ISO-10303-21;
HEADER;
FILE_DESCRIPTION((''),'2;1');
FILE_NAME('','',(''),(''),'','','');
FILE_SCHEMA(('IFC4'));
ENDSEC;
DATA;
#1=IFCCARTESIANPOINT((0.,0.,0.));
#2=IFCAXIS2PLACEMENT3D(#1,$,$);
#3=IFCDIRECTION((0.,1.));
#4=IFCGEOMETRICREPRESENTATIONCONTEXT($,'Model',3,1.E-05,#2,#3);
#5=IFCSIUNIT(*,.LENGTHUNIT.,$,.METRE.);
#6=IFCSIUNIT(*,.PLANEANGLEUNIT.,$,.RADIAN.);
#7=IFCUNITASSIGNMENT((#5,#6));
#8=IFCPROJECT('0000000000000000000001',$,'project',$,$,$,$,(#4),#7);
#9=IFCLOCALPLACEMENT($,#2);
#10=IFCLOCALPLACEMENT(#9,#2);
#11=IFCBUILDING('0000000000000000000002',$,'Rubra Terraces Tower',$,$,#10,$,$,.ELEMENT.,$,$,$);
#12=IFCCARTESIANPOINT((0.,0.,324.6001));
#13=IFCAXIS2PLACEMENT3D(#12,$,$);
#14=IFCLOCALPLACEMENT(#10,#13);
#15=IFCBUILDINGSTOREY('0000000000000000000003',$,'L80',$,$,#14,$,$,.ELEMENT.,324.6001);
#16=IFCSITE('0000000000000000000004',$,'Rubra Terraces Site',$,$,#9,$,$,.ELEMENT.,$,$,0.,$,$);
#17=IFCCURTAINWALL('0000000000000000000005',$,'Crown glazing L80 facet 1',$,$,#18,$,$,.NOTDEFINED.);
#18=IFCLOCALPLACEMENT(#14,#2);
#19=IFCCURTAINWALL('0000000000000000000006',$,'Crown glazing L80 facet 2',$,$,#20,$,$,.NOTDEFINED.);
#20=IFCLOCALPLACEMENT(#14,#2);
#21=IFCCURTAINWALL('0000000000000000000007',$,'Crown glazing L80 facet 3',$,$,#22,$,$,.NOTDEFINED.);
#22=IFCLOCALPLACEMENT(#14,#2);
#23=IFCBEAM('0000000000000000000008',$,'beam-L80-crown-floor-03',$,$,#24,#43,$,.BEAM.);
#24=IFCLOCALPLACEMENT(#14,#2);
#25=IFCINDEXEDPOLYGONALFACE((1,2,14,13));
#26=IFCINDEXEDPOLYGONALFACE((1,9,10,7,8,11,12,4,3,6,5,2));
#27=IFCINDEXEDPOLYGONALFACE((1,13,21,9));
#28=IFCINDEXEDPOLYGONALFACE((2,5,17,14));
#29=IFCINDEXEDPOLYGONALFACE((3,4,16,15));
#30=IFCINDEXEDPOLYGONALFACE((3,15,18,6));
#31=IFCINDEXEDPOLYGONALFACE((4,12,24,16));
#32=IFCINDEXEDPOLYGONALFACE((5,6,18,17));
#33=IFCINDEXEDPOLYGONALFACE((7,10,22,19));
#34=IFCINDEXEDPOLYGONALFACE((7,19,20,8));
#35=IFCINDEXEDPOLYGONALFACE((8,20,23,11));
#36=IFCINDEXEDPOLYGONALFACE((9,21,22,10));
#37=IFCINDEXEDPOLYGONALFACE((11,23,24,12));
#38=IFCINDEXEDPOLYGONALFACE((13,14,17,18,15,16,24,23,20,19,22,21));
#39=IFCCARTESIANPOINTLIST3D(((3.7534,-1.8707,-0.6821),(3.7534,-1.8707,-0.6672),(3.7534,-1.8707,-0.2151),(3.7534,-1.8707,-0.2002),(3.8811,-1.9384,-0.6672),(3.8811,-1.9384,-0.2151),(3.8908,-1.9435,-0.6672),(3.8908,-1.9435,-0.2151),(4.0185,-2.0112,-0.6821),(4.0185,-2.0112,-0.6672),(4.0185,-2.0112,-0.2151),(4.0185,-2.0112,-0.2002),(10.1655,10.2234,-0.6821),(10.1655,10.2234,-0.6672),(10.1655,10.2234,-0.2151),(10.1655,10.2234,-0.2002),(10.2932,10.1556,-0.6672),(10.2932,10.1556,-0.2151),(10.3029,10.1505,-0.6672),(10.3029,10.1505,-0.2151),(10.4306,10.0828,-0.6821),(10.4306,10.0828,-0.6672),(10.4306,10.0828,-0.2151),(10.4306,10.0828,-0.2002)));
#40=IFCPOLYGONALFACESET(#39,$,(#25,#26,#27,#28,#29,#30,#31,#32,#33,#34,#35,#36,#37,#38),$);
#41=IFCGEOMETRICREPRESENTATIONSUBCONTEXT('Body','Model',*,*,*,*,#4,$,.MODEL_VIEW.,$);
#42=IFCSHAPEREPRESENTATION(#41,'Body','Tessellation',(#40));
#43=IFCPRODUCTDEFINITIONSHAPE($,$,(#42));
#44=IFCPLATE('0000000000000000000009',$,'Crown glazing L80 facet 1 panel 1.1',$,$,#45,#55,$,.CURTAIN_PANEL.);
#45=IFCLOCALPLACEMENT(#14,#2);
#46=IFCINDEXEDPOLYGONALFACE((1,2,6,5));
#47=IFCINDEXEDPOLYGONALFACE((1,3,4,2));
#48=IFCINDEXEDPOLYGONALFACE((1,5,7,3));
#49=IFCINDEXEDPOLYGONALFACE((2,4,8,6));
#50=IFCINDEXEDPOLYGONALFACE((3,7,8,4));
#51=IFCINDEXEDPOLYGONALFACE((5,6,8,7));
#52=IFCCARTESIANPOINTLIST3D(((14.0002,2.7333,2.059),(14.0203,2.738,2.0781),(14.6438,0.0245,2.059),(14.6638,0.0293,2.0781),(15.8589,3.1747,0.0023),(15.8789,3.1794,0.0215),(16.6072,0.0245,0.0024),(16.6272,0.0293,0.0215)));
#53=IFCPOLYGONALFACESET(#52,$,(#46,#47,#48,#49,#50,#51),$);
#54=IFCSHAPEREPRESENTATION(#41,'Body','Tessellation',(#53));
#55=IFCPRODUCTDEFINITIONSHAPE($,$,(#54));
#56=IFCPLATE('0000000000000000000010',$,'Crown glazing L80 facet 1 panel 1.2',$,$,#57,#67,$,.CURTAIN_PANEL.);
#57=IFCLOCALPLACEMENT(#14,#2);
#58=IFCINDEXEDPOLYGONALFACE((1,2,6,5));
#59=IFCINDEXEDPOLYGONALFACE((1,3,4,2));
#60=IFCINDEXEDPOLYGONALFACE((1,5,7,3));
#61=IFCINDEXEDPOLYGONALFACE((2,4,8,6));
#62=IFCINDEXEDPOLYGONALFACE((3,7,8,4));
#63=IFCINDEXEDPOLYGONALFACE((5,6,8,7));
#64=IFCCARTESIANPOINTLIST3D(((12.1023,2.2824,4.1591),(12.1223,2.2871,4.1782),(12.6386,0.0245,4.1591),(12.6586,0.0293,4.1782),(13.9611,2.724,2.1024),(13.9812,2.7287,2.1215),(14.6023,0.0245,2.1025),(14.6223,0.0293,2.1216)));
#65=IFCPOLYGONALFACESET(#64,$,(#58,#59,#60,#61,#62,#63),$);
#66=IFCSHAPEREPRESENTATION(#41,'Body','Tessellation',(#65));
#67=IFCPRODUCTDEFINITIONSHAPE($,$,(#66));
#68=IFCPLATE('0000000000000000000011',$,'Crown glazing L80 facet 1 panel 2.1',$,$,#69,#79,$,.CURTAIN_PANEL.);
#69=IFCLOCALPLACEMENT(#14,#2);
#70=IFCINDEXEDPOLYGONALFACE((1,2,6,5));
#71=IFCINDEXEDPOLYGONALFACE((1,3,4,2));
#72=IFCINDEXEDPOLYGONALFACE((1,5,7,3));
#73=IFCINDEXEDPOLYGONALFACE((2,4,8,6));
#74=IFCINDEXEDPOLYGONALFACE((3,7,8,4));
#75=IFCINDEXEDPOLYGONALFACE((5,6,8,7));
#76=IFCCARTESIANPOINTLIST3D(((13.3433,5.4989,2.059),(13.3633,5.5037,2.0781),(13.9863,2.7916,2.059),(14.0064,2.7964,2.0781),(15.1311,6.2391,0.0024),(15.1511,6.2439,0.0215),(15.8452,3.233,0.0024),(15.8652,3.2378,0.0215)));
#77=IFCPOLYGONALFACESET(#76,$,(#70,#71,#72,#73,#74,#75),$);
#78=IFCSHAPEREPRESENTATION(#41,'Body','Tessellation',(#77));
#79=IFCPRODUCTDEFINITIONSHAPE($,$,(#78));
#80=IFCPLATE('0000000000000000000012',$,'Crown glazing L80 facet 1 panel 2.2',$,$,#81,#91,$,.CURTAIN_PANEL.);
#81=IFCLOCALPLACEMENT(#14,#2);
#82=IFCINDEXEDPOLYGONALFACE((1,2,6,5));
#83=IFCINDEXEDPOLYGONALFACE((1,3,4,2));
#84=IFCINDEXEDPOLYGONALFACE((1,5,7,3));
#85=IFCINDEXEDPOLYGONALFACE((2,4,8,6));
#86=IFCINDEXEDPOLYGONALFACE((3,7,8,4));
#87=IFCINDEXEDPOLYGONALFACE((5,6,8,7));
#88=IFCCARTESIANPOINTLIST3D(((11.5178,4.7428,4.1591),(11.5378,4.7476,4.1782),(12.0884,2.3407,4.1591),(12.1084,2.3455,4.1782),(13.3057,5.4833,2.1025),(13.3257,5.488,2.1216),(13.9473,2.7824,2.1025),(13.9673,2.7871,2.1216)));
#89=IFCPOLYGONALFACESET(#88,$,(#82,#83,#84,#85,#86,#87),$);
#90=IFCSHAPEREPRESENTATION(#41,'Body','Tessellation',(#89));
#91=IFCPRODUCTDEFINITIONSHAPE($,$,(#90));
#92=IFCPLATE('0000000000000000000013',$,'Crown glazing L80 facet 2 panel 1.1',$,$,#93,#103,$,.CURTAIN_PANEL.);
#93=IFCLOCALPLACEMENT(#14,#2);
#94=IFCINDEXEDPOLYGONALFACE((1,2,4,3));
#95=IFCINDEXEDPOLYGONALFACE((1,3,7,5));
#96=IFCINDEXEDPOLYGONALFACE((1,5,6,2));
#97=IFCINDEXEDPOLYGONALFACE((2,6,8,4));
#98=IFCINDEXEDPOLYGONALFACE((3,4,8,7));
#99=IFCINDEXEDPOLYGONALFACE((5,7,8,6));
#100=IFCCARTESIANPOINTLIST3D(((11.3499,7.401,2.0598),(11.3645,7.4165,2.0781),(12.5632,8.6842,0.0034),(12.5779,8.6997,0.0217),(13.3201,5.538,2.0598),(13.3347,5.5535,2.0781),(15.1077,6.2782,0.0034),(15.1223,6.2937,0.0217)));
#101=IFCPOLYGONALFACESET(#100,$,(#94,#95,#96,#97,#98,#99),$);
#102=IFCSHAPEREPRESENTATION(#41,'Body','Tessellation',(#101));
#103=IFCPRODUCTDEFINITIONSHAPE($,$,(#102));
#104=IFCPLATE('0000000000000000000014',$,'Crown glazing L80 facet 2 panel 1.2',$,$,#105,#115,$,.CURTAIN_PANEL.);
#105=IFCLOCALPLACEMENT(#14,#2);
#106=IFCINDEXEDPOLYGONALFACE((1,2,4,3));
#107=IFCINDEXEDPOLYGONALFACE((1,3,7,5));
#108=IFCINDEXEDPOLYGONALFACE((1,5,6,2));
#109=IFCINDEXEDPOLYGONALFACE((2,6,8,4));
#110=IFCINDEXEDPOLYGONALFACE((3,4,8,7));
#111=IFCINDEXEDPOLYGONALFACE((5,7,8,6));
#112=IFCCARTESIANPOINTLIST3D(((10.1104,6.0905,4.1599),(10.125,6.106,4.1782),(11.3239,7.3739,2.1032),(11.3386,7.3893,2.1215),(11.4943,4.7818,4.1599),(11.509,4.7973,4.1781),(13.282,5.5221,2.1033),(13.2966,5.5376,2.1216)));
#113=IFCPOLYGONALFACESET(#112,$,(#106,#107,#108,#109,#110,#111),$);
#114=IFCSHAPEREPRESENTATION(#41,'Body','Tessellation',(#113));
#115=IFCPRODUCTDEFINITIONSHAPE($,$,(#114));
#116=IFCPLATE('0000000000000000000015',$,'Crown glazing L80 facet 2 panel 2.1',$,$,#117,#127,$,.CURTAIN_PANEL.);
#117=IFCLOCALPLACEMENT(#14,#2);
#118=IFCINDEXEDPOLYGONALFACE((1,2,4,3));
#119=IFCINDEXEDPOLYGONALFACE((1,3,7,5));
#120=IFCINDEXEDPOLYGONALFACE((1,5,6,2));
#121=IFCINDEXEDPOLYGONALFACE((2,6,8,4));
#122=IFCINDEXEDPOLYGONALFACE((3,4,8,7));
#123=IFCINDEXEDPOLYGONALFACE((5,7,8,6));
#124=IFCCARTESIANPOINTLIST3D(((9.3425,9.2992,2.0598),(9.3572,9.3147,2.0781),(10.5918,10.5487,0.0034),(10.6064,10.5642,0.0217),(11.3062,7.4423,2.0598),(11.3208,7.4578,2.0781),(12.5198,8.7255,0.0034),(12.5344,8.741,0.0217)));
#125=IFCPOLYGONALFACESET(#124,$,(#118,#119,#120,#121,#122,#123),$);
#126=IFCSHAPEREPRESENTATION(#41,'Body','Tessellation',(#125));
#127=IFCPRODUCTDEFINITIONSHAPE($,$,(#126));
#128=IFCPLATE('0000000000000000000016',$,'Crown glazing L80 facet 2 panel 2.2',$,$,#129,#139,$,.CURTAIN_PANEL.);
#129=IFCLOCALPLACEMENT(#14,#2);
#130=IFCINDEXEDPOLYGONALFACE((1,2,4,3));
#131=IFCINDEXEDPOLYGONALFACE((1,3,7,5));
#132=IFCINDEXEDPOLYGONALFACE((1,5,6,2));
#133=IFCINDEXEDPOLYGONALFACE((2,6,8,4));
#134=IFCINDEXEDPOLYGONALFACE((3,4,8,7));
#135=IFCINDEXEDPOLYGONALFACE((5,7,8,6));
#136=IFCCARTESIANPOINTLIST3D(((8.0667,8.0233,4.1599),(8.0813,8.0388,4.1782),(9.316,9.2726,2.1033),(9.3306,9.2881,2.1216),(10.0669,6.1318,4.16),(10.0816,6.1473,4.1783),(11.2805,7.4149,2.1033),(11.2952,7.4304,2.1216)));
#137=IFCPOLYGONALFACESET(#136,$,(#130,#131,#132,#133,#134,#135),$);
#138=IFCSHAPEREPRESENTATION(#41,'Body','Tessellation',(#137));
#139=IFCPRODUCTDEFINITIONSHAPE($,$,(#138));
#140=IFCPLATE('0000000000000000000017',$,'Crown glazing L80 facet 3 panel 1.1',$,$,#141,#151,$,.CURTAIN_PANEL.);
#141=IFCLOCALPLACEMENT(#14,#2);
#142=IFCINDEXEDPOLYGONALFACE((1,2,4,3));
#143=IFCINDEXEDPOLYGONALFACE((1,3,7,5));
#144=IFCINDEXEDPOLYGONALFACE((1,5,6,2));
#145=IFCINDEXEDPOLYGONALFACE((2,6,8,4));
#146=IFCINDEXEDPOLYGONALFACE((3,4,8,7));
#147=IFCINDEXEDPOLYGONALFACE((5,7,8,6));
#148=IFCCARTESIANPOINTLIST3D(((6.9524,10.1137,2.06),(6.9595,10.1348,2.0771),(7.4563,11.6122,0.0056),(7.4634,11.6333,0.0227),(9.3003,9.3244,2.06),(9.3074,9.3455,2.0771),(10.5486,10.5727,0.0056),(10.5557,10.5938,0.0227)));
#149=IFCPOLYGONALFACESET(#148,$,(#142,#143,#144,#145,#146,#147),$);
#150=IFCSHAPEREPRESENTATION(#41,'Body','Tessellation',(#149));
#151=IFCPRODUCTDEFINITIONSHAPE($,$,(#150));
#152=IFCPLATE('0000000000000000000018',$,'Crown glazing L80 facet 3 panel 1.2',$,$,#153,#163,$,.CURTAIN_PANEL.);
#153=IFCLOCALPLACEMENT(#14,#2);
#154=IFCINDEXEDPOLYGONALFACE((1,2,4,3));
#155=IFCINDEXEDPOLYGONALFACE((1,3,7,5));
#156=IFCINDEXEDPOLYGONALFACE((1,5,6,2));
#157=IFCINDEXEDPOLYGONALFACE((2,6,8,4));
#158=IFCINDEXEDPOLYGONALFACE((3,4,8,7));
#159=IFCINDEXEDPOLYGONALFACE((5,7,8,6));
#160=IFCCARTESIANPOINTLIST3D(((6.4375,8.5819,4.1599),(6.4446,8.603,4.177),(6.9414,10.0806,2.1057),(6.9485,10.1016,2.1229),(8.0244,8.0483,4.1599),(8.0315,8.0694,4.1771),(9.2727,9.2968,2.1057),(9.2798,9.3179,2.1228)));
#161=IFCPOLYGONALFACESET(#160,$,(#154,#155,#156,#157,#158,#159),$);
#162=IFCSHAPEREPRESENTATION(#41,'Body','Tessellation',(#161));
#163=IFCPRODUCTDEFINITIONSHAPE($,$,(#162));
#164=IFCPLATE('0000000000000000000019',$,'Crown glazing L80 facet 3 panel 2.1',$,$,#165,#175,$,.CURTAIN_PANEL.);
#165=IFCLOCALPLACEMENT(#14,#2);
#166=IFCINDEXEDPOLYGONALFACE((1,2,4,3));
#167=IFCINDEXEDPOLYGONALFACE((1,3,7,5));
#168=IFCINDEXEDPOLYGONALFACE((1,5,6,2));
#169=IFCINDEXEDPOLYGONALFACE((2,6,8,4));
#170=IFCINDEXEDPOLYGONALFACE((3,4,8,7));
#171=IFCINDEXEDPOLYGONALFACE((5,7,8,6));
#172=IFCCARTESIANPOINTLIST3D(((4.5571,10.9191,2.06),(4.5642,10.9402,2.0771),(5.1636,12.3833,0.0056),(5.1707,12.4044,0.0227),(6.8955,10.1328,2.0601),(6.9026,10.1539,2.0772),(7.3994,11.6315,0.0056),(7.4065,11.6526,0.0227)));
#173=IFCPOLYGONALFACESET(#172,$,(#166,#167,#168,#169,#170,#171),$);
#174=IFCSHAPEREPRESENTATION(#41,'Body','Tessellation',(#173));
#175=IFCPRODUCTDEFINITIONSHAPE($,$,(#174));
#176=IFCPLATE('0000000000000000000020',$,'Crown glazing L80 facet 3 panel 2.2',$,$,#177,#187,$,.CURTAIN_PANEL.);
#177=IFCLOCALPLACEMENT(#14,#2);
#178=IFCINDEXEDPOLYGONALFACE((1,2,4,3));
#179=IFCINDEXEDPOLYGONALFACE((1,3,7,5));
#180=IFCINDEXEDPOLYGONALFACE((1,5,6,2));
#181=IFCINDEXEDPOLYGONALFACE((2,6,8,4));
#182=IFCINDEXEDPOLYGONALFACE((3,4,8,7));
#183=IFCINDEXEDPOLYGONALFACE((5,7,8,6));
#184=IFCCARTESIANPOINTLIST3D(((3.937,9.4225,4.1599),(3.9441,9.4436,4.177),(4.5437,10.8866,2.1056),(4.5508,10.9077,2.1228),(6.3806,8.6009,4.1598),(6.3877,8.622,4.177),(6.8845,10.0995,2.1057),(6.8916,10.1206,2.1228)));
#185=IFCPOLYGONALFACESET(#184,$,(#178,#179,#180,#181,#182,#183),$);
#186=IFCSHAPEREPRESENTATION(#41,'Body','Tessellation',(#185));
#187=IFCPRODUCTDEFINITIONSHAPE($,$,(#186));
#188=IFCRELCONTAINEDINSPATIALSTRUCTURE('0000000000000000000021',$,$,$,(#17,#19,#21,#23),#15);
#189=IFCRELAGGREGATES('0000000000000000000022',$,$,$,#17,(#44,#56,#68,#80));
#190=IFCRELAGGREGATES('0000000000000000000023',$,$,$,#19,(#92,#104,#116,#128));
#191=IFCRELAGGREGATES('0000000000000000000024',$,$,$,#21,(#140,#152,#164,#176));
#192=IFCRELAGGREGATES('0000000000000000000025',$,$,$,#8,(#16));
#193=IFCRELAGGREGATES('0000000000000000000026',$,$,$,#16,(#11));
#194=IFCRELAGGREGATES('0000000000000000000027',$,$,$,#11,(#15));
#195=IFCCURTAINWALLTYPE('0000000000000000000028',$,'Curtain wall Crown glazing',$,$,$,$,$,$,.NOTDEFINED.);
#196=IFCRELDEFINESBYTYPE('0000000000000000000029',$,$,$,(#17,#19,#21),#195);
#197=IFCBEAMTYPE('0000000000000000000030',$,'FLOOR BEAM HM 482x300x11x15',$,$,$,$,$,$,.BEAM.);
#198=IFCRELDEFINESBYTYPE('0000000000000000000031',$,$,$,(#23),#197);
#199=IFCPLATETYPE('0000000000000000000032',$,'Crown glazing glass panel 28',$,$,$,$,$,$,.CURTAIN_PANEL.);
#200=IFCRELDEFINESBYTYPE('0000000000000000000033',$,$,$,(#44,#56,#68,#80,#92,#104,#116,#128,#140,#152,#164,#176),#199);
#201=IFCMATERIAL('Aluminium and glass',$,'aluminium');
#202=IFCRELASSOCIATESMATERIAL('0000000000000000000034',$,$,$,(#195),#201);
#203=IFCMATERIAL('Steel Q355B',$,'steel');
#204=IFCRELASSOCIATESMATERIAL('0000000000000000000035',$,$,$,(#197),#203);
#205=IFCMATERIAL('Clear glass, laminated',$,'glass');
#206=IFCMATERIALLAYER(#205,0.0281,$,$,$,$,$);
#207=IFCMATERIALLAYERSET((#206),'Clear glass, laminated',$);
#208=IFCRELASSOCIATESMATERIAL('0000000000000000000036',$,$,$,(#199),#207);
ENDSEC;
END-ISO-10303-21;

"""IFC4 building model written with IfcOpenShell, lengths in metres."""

from ifc_helpers import new_model, si_unit, direction, frame, origin, origin_2d, place, context, subcontext, project, spatial, polyline, i_section, outline, extrude, material, layer, layer_set, material_profile, profile_set, type_object, element, aggregate, save


model = new_model("IFC4")

# Units and contexts
model_context = context("Model", 3, precision=1e-05, world=origin(), true_north=direction((0.0, 1.0)))
body_context = subcontext(model_context, "Body", "Model", "MODEL_VIEW")
ifc_project = project(units=[si_unit("LENGTHUNIT", "METRE"), si_unit("PLANEANGLEUNIT", "RADIAN")], contexts=[model_context])

# Site, building, storey
site_placement = place(None, origin())
site = spatial("IfcSite", under=ifc_project, at=site_placement, Name="Rubra Terraces Site", CompositionType="ELEMENT", RefElevation=0.0)
building_placement = place(site_placement, origin())
building = spatial("IfcBuilding", under=site, at=building_placement, Name="Rubra Terraces Tower", CompositionType="ELEMENT")
storey_placement = place(building_placement, frame((0.0, 0.0, 324.6001)))
storey = spatial("IfcBuildingStorey", under=building, at=storey_placement, Name="L80", CompositionType="ELEMENT", Elevation=324.6001)

# Shared definitions
ifc_material_1 = material(Name="Steel Q355B", Category="steel")

# Curtain walls
ifc_material_2 = material(Name="Aluminium and glass", Category="aluminium")
curtain_wall_type = type_object("IfcCurtainWallType", Name="Curtain wall Crown glazing", PredefinedType="NOTDEFINED", material=ifc_material_2)
curtain_wall_1_placement = place(storey_placement, origin())
curtain_wall_1 = element("IfcCurtainWall", 1, at=curtain_wall_1_placement, inside=storey, type_object=curtain_wall_type, Name="Crown glazing L80 facet 1", PredefinedType="NOTDEFINED")
curtain_wall_2_placement = place(storey_placement, origin())
curtain_wall_2 = element("IfcCurtainWall", 2, at=curtain_wall_2_placement, inside=storey, type_object=curtain_wall_type, Name="Crown glazing L80 facet 2", PredefinedType="NOTDEFINED")
curtain_wall_3_placement = place(storey_placement, origin())
curtain_wall_3 = element("IfcCurtainWall", 3, at=curtain_wall_3_placement, inside=storey, type_object=curtain_wall_type, Name="Crown glazing L80 facet 3", PredefinedType="NOTDEFINED")

# Beam
ifc_material_profile_1 = material_profile(ifc_material_1, i_section(OverallWidth=0.3, OverallDepth=0.4819, WebThickness=0.011, FlangeThickness=0.0149, at=origin_2d()), Name="HM 482x300x11x15")
ifc_profile_set_1 = profile_set([ifc_material_profile_1], Name="Steel Q355B")
beam_type_1 = type_object("IfcBeamType", Name="FLOOR BEAM HM 482x300x11x15", PredefinedType="BEAM", material=ifc_profile_set_1)
beam_1_placement = place(storey_placement, frame((10.2981, 10.1531, -0.4412), z_axis=(-0.468424, -0.883504, 0.0), x_axis=(0.883504, -0.468424, 0.0)))
element("IfcBeam", 4, at=beam_1_placement, inside=storey, type_object=beam_type_1, Name="beam-L80-crown-floor-03", PredefinedType="BEAM", context=body_context, shape_type="SweptSolid", body=[
    extrude(i_section(OverallWidth=0.3, OverallDepth=0.4819, WebThickness=0.011, FlangeThickness=0.0149, at=origin_2d()), origin(), (0.0, 0.0, 1.0), 13.6887),
])

# Plates
ifc_material_3 = material(Name="Clear glass, laminated", Category="glass")
ifc_layer = layer(ifc_material_3, 0.0281)
ifc_layer_set = layer_set([ifc_layer], Name="Clear glass, laminated")
plate_type = type_object("IfcPlateType", Name="Crown glazing glass panel 28", PredefinedType="CURTAIN_PANEL", material=ifc_layer_set)
plate_1_placement = place(storey_placement, frame((16.6272, 0.0293, 0.0215), z_axis=(0.712858, 0.169348, 0.680554), x_axis=(-0.231121, 0.972925, -0.000009)))
plate_1 = element("IfcPlate", 5, at=plate_1_placement, type_object=plate_type, Name="Crown glazing L80 facet 1 panel 1.1", PredefinedType="CURTAIN_PANEL", context=body_context, shape_type="SweptSolid", body=[
    extrude(outline(polyline([(0.0, 0.0), (3.2378, 0.0), (3.2379, 2.807), (0.4538, 2.8069), (0.0, 0.0)])), origin(), (0.0, 0.0, -1.0), 0.0281),
])
plate_2_placement = place(storey_placement, frame((14.6223, 0.0293, 2.1216), z_axis=(0.712817, 0.169314, 0.680607), x_axis=(-0.231085, 0.972934, -0.000015)))
plate_2 = element("IfcPlate", 6, at=plate_2_placement, type_object=plate_type, Name="Crown glazing L80 facet 1 panel 1.2", PredefinedType="CURTAIN_PANEL", context=body_context, shape_type="SweptSolid", body=[
    extrude(outline(polyline([(0.0, 0.0), (2.7745, 0.0), (2.7744, 2.8072), (0.4537, 2.8071), (0.0, 0.0)])), origin(), (0.0, 0.0, -1.0), 0.0281),
])
plate_3_placement = place(storey_placement, frame((15.8652, 3.2378, 0.0215), z_axis=(0.712815, 0.169325, 0.680606), x_axis=(-0.231117, 0.972926, 0.000005)))
plate_3 = element("IfcPlate", 7, at=plate_3_placement, type_object=plate_type, Name="Crown glazing L80 facet 1 panel 2.1", PredefinedType="CURTAIN_PANEL", context=body_context, shape_type="SweptSolid", body=[
    extrude(outline(polyline([(0.0, 0.0), (3.0898, 0.0), (2.7828, 2.8071), (0.0002, 2.8071), (0.0, 0.0)])), origin(), (0.0, 0.0, -1.0), 0.0281),
])
plate_4_placement = place(storey_placement, frame((13.9673, 2.7871, 2.1216), z_axis=(0.712806, 0.169318, 0.680616), x_axis=(-0.231111, 0.972927, 0.000005)))
plate_4 = element("IfcPlate", 8, at=plate_4_placement, type_object=plate_type, Name="Crown glazing L80 facet 1 panel 2.2", PredefinedType="CURTAIN_PANEL", context=body_context, shape_type="SweptSolid", body=[
    extrude(outline(polyline([(0.0, 0.0), (2.7761, 0.0), (2.4689, 2.8071), (-0.0001, 2.8072), (0.0, 0.0)])), origin(), (0.0, 0.0, -1.0), 0.0281),
])
aggregate(curtain_wall_1, [plate_1, plate_2, plate_3, plate_4])
plate_5_placement = place(storey_placement, frame((15.1223, 6.2937, 0.0217), z_axis=(0.521231, 0.551219, 0.651518), x_axis=(-0.726595, 0.687066, 0.000001)))
plate_5 = element("IfcPlate", 9, at=plate_5_placement, type_object=plate_type, Name="Crown glazing L80 facet 2 panel 1.1", PredefinedType="CURTAIN_PANEL", context=body_context, shape_type="SweptSolid", body=[
    extrude(outline(polyline([(0.0, 0.0), (3.5019, 0.0), (3.5018, 2.7107), (0.7903, 2.7107), (0.0, 0.0)])), origin(), (0.0, 0.0, -1.0), 0.0281),
])
plate_6_placement = place(storey_placement, frame((13.2966, 5.5376, 2.1216), z_axis=(0.52125, 0.551208, 0.651513), x_axis=(-0.726559, 0.687104, -0.000029)))
plate_6 = element("IfcPlate", 10, at=plate_6_placement, type_object=plate_type, Name="Crown glazing L80 facet 2 panel 1.2", PredefinedType="CURTAIN_PANEL", context=body_context, shape_type="SweptSolid", body=[
    extrude(outline(polyline([(0.0, 0.0), (2.695, 0.0), (2.6948, 2.7111), (0.7901, 2.7109), (0.0, 0.0)])), origin(), (0.0, 0.0, -1.0), 0.0281),
])
plate_7_placement = place(storey_placement, frame((12.5344, 8.741, 0.0217), z_axis=(0.521231, 0.551176, 0.651554), x_axis=(-0.726567, 0.687095, -0.000001)))
plate_7 = element("IfcPlate", 11, at=plate_7_placement, type_object=plate_type, Name="Crown glazing L80 facet 2 panel 2.1", PredefinedType="CURTAIN_PANEL", context=body_context, shape_type="SweptSolid", body=[
    extrude(outline(polyline([(0.0, 0.0), (2.6535, 0.0), (2.7027, 2.7108), (0.0001, 2.7108), (0.0, 0.0)])), origin(), (0.0, 0.0, -1.0), 0.0281),
])
plate_8_placement = place(storey_placement, frame((11.2952, 7.4304, 2.1216), z_axis=(0.521256, 0.551228, 0.651491), x_axis=(-0.726593, 0.687068, 0.000015)))
plate_8 = element("IfcPlate", 12, at=plate_8_placement, type_object=plate_type, Name="Crown glazing L80 facet 2 panel 2.2", PredefinedType="CURTAIN_PANEL", context=body_context, shape_type="SweptSolid", body=[
    extrude(outline(polyline([(0.0, 0.0), (2.7038, 0.0), (2.7532, 2.7108), (0.0002, 2.711), (0.0, 0.0)])), origin(), (0.0, 0.0, -1.0), 0.0281),
])
aggregate(curtain_wall_2, [plate_5, plate_6, plate_7, plate_8])
plate_9_placement = place(storey_placement, frame((10.5557, 10.5938, 0.0227), z_axis=(0.252532, 0.751191, 0.609868), x_axis=(-0.947872, 0.318651, 0.0)))
plate_9 = element("IfcPlate", 13, at=plate_9_placement, type_object=plate_type, Name="Crown glazing L80 facet 3 panel 1.1", PredefinedType="CURTAIN_PANEL", context=body_context, shape_type="SweptSolid", body=[
    extrude(outline(polyline([(0.0, 0.0), (3.2623, 0.0), (3.2625, 2.5923), (0.7855, 2.5923), (0.0, 0.0)])), origin(), (0.0, 0.0, -1.0), 0.0281),
])
plate_10_placement = place(storey_placement, frame((9.2798, 9.3179, 2.1228), z_axis=(0.252543, 0.751125, 0.609945), x_axis=(-0.947865, 0.318671, 0.000026)))
plate_10 = element("IfcPlate", 14, at=plate_10_placement, type_object=plate_type, Name="Crown glazing L80 facet 3 panel 1.2", PredefinedType="CURTAIN_PANEL", context=body_context, shape_type="SweptSolid", body=[
    extrude(outline(polyline([(0.0, 0.0), (2.4595, 0.0), (2.4596, 2.5922), (0.7854, 2.5923), (0.0, 0.0)])), origin(), (0.0, 0.0, -1.0), 0.0281),
])
plate_11_placement = place(storey_placement, frame((7.4065, 11.6526, 0.0227), z_axis=(0.252575, 0.751149, 0.609902), x_axis=(-0.947855, 0.318702, 0.000018)))
plate_11 = element("IfcPlate", 15, at=plate_11_placement, type_object=plate_type, Name="Crown glazing L80 facet 3 panel 2.1", PredefinedType="CURTAIN_PANEL", context=body_context, shape_type="SweptSolid", body=[
    extrude(outline(polyline([(0.0, 0.0), (2.3588, 0.0), (2.4671, 2.5924), (0.0, 2.5925), (0.0, 0.0)])), origin(), (0.0, 0.0, -1.0), 0.0281),
])
plate_12_placement = place(storey_placement, frame((6.8916, 10.1206, 2.1228), z_axis=(0.252551, 0.751136, 0.609929), x_axis=(-0.947855, 0.318703, -0.000012)))
plate_12 = element("IfcPlate", 16, at=plate_12_placement, type_object=plate_type, Name="Crown glazing L80 facet 3 panel 2.2", PredefinedType="CURTAIN_PANEL", context=body_context, shape_type="SweptSolid", body=[
    extrude(outline(polyline([(0.0, 0.0), (2.4696, 0.0), (2.578, 2.5922), (0.0, 2.5922), (0.0, 0.0)])), origin(), (0.0, 0.0, -1.0), 0.0281),
])
aggregate(curtain_wall_3, [plate_9, plate_10, plate_11, plate_12])

save(model, "model.ifc")
